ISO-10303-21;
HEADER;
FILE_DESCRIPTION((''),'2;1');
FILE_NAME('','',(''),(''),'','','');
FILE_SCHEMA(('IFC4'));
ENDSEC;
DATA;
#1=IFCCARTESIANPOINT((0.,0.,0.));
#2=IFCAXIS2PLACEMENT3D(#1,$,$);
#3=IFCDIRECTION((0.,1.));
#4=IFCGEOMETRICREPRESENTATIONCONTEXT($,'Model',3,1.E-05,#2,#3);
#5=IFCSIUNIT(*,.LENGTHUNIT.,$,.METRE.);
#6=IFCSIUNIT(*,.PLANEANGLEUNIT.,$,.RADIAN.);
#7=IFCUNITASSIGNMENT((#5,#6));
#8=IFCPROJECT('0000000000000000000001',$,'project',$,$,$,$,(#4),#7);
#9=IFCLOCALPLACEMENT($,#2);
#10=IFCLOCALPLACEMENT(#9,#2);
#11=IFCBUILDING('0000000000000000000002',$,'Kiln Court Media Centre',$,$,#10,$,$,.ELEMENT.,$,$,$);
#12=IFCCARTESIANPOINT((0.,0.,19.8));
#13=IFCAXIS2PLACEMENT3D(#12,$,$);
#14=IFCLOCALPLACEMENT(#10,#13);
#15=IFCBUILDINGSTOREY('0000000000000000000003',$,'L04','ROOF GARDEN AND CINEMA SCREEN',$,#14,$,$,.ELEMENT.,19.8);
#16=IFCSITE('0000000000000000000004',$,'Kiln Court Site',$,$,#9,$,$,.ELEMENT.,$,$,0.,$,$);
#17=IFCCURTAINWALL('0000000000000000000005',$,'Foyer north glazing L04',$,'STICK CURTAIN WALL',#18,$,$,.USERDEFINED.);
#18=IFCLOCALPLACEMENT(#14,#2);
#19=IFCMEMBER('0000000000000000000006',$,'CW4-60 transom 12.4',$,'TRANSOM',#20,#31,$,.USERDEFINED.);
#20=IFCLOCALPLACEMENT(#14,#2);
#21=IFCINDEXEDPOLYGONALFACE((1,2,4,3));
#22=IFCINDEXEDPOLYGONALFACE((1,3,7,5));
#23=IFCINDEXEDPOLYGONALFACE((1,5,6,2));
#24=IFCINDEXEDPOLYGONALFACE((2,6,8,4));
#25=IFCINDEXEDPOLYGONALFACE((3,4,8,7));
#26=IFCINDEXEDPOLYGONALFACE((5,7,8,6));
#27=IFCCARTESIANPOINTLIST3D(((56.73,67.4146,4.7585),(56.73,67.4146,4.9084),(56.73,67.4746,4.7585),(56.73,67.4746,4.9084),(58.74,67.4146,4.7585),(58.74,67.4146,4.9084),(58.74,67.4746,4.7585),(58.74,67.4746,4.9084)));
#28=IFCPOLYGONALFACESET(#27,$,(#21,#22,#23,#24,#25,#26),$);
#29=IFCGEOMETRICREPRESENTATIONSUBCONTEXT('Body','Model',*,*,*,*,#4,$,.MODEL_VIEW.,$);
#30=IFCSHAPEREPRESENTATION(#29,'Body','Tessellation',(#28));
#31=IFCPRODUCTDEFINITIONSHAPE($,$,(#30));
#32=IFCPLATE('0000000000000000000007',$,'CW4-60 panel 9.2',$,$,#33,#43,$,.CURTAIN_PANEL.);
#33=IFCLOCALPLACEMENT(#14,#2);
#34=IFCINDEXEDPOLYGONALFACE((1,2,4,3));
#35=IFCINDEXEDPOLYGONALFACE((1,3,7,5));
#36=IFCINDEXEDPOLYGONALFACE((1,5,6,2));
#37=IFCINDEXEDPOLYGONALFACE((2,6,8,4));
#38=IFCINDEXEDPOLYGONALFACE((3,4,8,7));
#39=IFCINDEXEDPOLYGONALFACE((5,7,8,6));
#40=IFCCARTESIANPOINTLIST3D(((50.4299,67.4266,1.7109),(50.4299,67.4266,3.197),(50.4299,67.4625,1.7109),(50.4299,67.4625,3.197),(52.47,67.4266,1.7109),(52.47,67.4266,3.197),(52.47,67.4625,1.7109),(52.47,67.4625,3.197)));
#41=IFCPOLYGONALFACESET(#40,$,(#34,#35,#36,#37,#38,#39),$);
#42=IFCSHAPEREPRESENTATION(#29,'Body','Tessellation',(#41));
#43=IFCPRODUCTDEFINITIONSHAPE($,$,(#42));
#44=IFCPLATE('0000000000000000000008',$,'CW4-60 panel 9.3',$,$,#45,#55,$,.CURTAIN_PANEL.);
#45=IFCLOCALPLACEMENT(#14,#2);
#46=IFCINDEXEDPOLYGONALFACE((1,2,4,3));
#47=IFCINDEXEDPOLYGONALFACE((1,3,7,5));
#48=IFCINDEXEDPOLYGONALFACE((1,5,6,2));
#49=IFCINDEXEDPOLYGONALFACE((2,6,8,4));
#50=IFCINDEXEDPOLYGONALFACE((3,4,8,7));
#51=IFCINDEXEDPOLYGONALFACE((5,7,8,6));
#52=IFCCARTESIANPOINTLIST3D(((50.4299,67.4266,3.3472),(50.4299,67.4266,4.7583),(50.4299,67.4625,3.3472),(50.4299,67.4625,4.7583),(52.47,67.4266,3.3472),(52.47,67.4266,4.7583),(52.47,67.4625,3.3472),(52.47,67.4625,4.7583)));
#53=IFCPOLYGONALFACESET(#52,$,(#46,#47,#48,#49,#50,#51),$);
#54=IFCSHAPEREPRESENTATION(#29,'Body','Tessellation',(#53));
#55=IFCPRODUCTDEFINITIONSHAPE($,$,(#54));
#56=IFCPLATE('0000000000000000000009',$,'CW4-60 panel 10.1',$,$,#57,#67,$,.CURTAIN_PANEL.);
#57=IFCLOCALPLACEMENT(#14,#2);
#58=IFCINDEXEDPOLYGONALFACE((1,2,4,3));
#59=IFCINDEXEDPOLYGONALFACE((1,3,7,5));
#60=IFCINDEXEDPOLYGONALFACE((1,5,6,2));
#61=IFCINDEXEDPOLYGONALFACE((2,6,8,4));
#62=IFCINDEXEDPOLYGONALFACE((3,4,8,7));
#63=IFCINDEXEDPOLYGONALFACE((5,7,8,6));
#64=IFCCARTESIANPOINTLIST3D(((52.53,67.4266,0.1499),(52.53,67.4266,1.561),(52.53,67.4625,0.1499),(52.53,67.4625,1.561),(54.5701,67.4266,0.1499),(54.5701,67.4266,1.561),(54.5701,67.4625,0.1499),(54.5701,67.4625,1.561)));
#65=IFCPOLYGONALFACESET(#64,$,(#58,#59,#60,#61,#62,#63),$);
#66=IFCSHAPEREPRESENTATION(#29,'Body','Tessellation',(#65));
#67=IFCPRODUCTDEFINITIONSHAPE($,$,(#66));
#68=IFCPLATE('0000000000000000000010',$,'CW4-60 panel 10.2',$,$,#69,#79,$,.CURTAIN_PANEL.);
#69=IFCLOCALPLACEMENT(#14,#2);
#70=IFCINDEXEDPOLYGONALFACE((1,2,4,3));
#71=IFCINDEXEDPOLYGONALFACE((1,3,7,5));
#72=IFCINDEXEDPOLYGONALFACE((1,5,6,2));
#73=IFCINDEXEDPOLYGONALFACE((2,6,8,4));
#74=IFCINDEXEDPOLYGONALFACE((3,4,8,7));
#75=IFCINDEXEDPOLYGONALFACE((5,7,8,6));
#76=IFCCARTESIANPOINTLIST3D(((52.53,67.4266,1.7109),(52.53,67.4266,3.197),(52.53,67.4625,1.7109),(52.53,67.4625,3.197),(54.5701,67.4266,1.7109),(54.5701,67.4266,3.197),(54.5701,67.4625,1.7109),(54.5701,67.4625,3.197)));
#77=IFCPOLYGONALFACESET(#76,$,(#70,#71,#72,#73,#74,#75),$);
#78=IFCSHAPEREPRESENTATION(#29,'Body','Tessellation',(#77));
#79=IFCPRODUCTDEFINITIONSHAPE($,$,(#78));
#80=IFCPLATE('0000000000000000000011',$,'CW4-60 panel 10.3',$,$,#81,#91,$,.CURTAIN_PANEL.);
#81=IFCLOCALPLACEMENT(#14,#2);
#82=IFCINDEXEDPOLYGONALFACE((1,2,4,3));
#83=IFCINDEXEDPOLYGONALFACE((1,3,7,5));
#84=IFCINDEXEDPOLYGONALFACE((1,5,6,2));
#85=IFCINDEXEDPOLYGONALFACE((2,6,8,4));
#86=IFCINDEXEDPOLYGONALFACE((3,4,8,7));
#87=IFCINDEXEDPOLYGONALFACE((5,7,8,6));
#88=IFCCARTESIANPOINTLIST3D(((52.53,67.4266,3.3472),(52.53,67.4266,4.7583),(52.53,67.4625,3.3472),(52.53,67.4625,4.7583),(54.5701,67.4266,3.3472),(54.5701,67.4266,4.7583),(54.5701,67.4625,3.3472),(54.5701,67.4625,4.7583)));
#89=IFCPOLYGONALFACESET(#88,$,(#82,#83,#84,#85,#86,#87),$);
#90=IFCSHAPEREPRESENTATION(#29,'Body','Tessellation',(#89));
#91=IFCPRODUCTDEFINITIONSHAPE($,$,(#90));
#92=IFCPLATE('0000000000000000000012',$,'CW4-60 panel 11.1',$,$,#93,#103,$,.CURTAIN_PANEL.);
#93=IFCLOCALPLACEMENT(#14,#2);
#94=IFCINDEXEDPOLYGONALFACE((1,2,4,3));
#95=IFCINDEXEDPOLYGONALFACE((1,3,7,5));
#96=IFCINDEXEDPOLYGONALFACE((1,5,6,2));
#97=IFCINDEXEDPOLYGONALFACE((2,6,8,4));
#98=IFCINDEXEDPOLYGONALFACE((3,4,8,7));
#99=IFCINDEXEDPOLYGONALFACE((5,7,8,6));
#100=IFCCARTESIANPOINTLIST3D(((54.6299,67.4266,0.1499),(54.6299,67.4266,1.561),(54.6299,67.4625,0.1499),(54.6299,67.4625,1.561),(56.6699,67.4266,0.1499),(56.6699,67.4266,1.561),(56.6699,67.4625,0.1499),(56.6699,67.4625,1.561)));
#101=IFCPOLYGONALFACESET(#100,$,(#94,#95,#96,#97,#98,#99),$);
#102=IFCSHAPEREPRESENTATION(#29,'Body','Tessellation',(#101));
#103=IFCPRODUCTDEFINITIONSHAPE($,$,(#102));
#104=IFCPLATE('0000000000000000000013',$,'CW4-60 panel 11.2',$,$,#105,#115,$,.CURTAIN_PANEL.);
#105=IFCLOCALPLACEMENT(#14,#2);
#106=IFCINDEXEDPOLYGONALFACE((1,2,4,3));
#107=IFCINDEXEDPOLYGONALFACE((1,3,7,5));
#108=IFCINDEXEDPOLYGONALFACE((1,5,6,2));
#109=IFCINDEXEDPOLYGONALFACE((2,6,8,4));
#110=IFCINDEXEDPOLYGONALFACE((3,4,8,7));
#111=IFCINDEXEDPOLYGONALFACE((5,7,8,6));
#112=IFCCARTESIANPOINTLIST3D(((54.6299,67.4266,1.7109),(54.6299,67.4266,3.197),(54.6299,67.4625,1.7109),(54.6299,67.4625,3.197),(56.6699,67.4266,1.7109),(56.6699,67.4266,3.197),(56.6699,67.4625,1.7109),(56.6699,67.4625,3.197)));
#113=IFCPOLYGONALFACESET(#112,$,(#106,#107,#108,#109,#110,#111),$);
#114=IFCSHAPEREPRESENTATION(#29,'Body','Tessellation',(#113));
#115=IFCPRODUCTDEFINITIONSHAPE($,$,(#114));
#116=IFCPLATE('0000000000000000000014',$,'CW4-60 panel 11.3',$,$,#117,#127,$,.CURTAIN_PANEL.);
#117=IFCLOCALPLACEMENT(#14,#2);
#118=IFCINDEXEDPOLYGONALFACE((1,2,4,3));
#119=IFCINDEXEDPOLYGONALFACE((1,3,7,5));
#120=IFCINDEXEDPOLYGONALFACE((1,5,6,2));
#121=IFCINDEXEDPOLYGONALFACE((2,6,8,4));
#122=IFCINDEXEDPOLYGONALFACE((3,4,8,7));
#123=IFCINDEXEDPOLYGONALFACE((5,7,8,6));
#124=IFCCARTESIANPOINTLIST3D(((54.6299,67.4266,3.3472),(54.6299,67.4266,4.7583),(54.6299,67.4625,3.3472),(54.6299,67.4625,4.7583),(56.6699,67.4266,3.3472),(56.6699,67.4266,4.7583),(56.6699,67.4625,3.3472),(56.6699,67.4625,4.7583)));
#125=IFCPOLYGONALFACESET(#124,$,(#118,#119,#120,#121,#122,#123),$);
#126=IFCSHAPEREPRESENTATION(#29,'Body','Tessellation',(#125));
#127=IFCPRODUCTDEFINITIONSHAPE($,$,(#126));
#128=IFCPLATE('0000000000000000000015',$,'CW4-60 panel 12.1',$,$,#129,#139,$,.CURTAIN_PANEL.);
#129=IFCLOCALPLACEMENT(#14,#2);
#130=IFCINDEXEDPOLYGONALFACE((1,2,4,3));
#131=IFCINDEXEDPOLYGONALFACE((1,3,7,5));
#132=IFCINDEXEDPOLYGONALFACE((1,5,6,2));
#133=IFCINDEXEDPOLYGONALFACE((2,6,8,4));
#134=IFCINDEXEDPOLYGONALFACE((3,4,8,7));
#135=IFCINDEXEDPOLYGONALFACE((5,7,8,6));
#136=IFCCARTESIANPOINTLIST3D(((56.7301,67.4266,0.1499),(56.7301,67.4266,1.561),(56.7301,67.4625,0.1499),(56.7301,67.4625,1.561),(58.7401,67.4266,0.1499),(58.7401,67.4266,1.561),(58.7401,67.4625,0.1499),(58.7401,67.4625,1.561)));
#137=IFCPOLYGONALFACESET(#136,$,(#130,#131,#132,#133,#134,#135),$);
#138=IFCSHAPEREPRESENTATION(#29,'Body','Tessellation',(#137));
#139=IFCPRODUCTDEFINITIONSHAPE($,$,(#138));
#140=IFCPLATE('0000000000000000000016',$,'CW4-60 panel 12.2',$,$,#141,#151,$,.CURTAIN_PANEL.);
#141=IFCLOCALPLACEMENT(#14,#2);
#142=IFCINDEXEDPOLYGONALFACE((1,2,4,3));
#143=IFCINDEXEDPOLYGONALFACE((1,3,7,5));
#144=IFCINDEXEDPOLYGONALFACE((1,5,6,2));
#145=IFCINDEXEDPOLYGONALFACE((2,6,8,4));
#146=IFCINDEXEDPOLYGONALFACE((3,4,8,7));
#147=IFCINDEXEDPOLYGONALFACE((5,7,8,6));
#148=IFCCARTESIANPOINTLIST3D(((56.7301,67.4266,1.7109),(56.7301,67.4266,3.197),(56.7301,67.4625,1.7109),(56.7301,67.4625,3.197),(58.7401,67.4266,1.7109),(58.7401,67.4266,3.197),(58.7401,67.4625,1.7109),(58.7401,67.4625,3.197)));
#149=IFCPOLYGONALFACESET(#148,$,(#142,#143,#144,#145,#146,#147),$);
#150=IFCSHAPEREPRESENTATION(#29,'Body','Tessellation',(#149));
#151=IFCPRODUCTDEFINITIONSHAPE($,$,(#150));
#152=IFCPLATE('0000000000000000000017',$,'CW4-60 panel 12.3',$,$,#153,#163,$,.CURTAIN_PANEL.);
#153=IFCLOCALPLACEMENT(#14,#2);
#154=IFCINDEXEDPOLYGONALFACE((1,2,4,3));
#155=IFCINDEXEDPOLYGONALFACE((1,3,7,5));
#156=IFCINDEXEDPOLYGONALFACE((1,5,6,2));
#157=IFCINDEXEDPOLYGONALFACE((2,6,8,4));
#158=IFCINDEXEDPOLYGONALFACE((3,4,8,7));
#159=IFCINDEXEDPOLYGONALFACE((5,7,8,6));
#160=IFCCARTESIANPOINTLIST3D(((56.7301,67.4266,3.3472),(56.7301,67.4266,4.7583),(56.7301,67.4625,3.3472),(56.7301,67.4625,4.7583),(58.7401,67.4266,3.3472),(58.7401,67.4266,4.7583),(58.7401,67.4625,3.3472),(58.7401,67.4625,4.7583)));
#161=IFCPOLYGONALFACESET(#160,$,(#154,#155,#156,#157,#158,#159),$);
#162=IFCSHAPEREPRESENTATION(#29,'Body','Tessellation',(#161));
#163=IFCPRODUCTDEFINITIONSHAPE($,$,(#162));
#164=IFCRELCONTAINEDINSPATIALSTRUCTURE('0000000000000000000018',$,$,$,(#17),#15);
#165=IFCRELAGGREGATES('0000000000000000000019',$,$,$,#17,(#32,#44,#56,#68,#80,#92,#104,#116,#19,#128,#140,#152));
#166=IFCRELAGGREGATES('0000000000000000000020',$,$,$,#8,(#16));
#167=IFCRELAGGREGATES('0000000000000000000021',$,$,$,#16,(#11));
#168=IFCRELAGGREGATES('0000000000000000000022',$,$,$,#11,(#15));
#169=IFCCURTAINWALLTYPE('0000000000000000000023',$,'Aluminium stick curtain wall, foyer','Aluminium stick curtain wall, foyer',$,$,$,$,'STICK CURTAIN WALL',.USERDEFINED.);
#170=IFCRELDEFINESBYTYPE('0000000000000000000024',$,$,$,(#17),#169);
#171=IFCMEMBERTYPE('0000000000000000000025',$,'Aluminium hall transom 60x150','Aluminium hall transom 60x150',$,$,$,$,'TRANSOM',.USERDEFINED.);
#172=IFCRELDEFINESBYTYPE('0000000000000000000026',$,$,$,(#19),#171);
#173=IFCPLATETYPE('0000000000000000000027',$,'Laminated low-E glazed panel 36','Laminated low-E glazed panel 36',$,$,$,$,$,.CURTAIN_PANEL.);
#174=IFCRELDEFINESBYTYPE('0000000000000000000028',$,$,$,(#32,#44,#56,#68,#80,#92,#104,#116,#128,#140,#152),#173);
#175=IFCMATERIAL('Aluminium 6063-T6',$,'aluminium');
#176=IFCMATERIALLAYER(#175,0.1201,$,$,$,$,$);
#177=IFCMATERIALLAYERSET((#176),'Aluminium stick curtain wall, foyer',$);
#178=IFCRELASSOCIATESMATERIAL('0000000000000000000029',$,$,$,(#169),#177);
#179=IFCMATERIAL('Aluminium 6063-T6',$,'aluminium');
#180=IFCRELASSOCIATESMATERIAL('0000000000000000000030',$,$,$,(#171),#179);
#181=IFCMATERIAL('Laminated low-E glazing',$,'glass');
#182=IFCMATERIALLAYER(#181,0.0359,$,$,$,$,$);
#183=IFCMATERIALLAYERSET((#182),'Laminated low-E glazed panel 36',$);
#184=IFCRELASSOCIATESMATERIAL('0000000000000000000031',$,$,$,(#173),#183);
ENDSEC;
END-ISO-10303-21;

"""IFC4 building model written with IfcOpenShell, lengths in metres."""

from ifc_helpers import new_model, si_unit, direction, frame, origin, origin_2d, place, context, subcontext, project, spatial, rectangle, extrude, material, layer, layer_set, material_profile, profile_set, type_object, element, aggregate, save


model = new_model("IFC4")

# Units and contexts
model_context = context("Model", 3, precision=1e-05, world=origin(), true_north=direction((0.0, 1.0)))
body_context = subcontext(model_context, "Body", "Model", "MODEL_VIEW")
ifc_project = project(units=[si_unit("LENGTHUNIT", "METRE"), si_unit("PLANEANGLEUNIT", "RADIAN")], contexts=[model_context])

# Site, building, storey
site_placement = place(None, origin())
site = spatial("IfcSite", under=ifc_project, at=site_placement, Name="Kiln Court Site", CompositionType="ELEMENT", RefElevation=0.0)
building_placement = place(site_placement, origin())
building = spatial("IfcBuilding", under=site, at=building_placement, Name="Kiln Court Media Centre", CompositionType="ELEMENT")
storey_placement = place(building_placement, frame((0.0, 0.0, 19.8)))
storey = spatial("IfcBuildingStorey", under=building, at=storey_placement, Name="L04", Description="ROOF GARDEN AND CINEMA SCREEN", CompositionType="ELEMENT", Elevation=19.8)

# Curtain wall, member, plates
ifc_material_1 = material(Name="Aluminium 6063-T6", Category="aluminium")
ifc_layer_1 = layer(ifc_material_1, 0.1201)
ifc_layer_set_1 = layer_set([ifc_layer_1], Name="Aluminium stick curtain wall, foyer")
curtain_wall_type = type_object("IfcCurtainWallType", Name="Aluminium stick curtain wall, foyer", Description="Aluminium stick curtain wall, foyer", ElementType="STICK CURTAIN WALL", PredefinedType="USERDEFINED", material=ifc_layer_set_1)
curtain_wall_placement = place(storey_placement, origin())
curtain_wall = element("IfcCurtainWall", 1, at=curtain_wall_placement, inside=storey, type_object=curtain_wall_type, Name="Foyer north glazing L04", ObjectType="STICK CURTAIN WALL", PredefinedType="USERDEFINED")
ifc_material_2 = material(Name="Aluminium 6063-T6", Category="aluminium")
ifc_material_profile_1 = material_profile(ifc_material_2, rectangle(XDim=0.0601, YDim=0.1499, at=origin_2d()), Name="Aluminium hall transom 60x150")
ifc_profile_set_1 = profile_set([ifc_material_profile_1], Name="Aluminium 6063-T6")
member_type_1 = type_object("IfcMemberType", Name="Aluminium hall transom 60x150", Description="Aluminium hall transom 60x150", ElementType="TRANSOM", PredefinedType="USERDEFINED", material=ifc_profile_set_1)
member_1_placement = place(storey_placement, frame((56.73, 67.4446, 4.8335), z_axis=(1.0, 0.0, 0.0), x_axis=(0.0, 1.0, 0.0)))
member_1 = element("IfcMember", 2, at=member_1_placement, type_object=member_type_1, Name="CW4-60 transom 12.4", ObjectType="TRANSOM", PredefinedType="USERDEFINED", context=body_context, shape_type="SweptSolid", body=[
    extrude(rectangle(XDim=0.0601, YDim=0.1499, at=origin_2d()), origin(), (0.0, 0.0, 1.0), 2.01),
])
ifc_material_3 = material(Name="Laminated low-E glazing", Category="glass")
ifc_layer_2 = layer(ifc_material_3, 0.0359)
ifc_layer_set_2 = layer_set([ifc_layer_2], Name="Laminated low-E glazed panel 36")
plate_type = type_object("IfcPlateType", Name="Laminated low-E glazed panel 36", Description="Laminated low-E glazed panel 36", PredefinedType="CURTAIN_PANEL", material=ifc_layer_set_2)
plate_1_placement = place(storey_placement, frame((51.45, 67.4446, 1.7109), z_axis=(0.0, 0.0, 1.0), x_axis=(1.0, 0.0, 0.0)))
plate_1 = element("IfcPlate", 3, at=plate_1_placement, type_object=plate_type, Name="CW4-60 panel 9.2", PredefinedType="CURTAIN_PANEL", context=body_context, shape_type="SweptSolid", body=[
    extrude(rectangle(XDim=2.04, YDim=0.0359, at=origin_2d()), origin(), (0.0, 0.0, 1.0), 1.4861),
])
plate_2_placement = place(storey_placement, frame((51.45, 67.4446, 3.3472), z_axis=(0.0, 0.0, 1.0), x_axis=(1.0, 0.0, 0.0)))
plate_2 = element("IfcPlate", 4, at=plate_2_placement, type_object=plate_type, Name="CW4-60 panel 9.3", PredefinedType="CURTAIN_PANEL", context=body_context, shape_type="SweptSolid", body=[
    extrude(rectangle(XDim=2.04, YDim=0.0359, at=origin_2d()), origin(), (0.0, 0.0, 1.0), 1.4111),
])
plate_3_placement = place(storey_placement, frame((53.55, 67.4446, 0.1499), z_axis=(0.0, 0.0, 1.0), x_axis=(1.0, 0.0, 0.0)))
plate_3 = element("IfcPlate", 5, at=plate_3_placement, type_object=plate_type, Name="CW4-60 panel 10.1", PredefinedType="CURTAIN_PANEL", context=body_context, shape_type="SweptSolid", body=[
    extrude(rectangle(XDim=2.04, YDim=0.0359, at=origin_2d()), origin(), (0.0, 0.0, 1.0), 1.4111),
])
plate_4_placement = place(storey_placement, frame((53.55, 67.4446, 1.7109), z_axis=(0.0, 0.0, 1.0), x_axis=(1.0, 0.0, 0.0)))
plate_4 = element("IfcPlate", 6, at=plate_4_placement, type_object=plate_type, Name="CW4-60 panel 10.2", PredefinedType="CURTAIN_PANEL", context=body_context, shape_type="SweptSolid", body=[
    extrude(rectangle(XDim=2.04, YDim=0.0359, at=origin_2d()), origin(), (0.0, 0.0, 1.0), 1.4861),
])
plate_5_placement = place(storey_placement, frame((53.55, 67.4446, 3.3472), z_axis=(0.0, 0.0, 1.0), x_axis=(1.0, 0.0, 0.0)))
plate_5 = element("IfcPlate", 7, at=plate_5_placement, type_object=plate_type, Name="CW4-60 panel 10.3", PredefinedType="CURTAIN_PANEL", context=body_context, shape_type="SweptSolid", body=[
    extrude(rectangle(XDim=2.04, YDim=0.0359, at=origin_2d()), origin(), (0.0, 0.0, 1.0), 1.4111),
])
plate_6_placement = place(storey_placement, frame((55.6499, 67.4446, 0.1499), z_axis=(0.0, 0.0, 1.0), x_axis=(1.0, 0.0, 0.0)))
plate_6 = element("IfcPlate", 8, at=plate_6_placement, type_object=plate_type, Name="CW4-60 panel 11.1", PredefinedType="CURTAIN_PANEL", context=body_context, shape_type="SweptSolid", body=[
    extrude(rectangle(XDim=2.04, YDim=0.0359, at=origin_2d()), origin(), (0.0, 0.0, 1.0), 1.4111),
])
plate_7_placement = place(storey_placement, frame((55.6499, 67.4446, 1.7109), z_axis=(0.0, 0.0, 1.0), x_axis=(1.0, 0.0, 0.0)))
plate_7 = element("IfcPlate", 9, at=plate_7_placement, type_object=plate_type, Name="CW4-60 panel 11.2", PredefinedType="CURTAIN_PANEL", context=body_context, shape_type="SweptSolid", body=[
    extrude(rectangle(XDim=2.04, YDim=0.0359, at=origin_2d()), origin(), (0.0, 0.0, 1.0), 1.4861),
])
plate_8_placement = place(storey_placement, frame((55.6499, 67.4446, 3.3472), z_axis=(0.0, 0.0, 1.0), x_axis=(1.0, 0.0, 0.0)))
plate_8 = element("IfcPlate", 10, at=plate_8_placement, type_object=plate_type, Name="CW4-60 panel 11.3", PredefinedType="CURTAIN_PANEL", context=body_context, shape_type="SweptSolid", body=[
    extrude(rectangle(XDim=2.04, YDim=0.0359, at=origin_2d()), origin(), (0.0, 0.0, 1.0), 1.4111),
])
plate_9_placement = place(storey_placement, frame((57.7351, 67.4446, 0.1499), z_axis=(0.0, 0.0, 1.0), x_axis=(1.0, 0.0, 0.0)))
plate_9 = element("IfcPlate", 11, at=plate_9_placement, type_object=plate_type, Name="CW4-60 panel 12.1", PredefinedType="CURTAIN_PANEL", context=body_context, shape_type="SweptSolid", body=[
    extrude(rectangle(XDim=2.01, YDim=0.0359, at=origin_2d()), origin(), (0.0, 0.0, 1.0), 1.4111),
])
plate_10_placement = place(storey_placement, frame((57.7351, 67.4446, 1.7109), z_axis=(0.0, 0.0, 1.0), x_axis=(1.0, 0.0, 0.0)))
plate_10 = element("IfcPlate", 12, at=plate_10_placement, type_object=plate_type, Name="CW4-60 panel 12.2", PredefinedType="CURTAIN_PANEL", context=body_context, shape_type="SweptSolid", body=[
    extrude(rectangle(XDim=2.01, YDim=0.0359, at=origin_2d()), origin(), (0.0, 0.0, 1.0), 1.4861),
])
plate_11_placement = place(storey_placement, frame((57.7351, 67.4446, 3.3472), z_axis=(0.0, 0.0, 1.0), x_axis=(1.0, 0.0, 0.0)))
plate_11 = element("IfcPlate", 13, at=plate_11_placement, type_object=plate_type, Name="CW4-60 panel 12.3", PredefinedType="CURTAIN_PANEL", context=body_context, shape_type="SweptSolid", body=[
    extrude(rectangle(XDim=2.01, YDim=0.0359, at=origin_2d()), origin(), (0.0, 0.0, 1.0), 1.4111),
])
aggregate(curtain_wall, [plate_1, plate_2, plate_3, plate_4, plate_5, plate_6, plate_7, plate_8, member_1, plate_9, plate_10, plate_11])

save(model, "model.ifc")
